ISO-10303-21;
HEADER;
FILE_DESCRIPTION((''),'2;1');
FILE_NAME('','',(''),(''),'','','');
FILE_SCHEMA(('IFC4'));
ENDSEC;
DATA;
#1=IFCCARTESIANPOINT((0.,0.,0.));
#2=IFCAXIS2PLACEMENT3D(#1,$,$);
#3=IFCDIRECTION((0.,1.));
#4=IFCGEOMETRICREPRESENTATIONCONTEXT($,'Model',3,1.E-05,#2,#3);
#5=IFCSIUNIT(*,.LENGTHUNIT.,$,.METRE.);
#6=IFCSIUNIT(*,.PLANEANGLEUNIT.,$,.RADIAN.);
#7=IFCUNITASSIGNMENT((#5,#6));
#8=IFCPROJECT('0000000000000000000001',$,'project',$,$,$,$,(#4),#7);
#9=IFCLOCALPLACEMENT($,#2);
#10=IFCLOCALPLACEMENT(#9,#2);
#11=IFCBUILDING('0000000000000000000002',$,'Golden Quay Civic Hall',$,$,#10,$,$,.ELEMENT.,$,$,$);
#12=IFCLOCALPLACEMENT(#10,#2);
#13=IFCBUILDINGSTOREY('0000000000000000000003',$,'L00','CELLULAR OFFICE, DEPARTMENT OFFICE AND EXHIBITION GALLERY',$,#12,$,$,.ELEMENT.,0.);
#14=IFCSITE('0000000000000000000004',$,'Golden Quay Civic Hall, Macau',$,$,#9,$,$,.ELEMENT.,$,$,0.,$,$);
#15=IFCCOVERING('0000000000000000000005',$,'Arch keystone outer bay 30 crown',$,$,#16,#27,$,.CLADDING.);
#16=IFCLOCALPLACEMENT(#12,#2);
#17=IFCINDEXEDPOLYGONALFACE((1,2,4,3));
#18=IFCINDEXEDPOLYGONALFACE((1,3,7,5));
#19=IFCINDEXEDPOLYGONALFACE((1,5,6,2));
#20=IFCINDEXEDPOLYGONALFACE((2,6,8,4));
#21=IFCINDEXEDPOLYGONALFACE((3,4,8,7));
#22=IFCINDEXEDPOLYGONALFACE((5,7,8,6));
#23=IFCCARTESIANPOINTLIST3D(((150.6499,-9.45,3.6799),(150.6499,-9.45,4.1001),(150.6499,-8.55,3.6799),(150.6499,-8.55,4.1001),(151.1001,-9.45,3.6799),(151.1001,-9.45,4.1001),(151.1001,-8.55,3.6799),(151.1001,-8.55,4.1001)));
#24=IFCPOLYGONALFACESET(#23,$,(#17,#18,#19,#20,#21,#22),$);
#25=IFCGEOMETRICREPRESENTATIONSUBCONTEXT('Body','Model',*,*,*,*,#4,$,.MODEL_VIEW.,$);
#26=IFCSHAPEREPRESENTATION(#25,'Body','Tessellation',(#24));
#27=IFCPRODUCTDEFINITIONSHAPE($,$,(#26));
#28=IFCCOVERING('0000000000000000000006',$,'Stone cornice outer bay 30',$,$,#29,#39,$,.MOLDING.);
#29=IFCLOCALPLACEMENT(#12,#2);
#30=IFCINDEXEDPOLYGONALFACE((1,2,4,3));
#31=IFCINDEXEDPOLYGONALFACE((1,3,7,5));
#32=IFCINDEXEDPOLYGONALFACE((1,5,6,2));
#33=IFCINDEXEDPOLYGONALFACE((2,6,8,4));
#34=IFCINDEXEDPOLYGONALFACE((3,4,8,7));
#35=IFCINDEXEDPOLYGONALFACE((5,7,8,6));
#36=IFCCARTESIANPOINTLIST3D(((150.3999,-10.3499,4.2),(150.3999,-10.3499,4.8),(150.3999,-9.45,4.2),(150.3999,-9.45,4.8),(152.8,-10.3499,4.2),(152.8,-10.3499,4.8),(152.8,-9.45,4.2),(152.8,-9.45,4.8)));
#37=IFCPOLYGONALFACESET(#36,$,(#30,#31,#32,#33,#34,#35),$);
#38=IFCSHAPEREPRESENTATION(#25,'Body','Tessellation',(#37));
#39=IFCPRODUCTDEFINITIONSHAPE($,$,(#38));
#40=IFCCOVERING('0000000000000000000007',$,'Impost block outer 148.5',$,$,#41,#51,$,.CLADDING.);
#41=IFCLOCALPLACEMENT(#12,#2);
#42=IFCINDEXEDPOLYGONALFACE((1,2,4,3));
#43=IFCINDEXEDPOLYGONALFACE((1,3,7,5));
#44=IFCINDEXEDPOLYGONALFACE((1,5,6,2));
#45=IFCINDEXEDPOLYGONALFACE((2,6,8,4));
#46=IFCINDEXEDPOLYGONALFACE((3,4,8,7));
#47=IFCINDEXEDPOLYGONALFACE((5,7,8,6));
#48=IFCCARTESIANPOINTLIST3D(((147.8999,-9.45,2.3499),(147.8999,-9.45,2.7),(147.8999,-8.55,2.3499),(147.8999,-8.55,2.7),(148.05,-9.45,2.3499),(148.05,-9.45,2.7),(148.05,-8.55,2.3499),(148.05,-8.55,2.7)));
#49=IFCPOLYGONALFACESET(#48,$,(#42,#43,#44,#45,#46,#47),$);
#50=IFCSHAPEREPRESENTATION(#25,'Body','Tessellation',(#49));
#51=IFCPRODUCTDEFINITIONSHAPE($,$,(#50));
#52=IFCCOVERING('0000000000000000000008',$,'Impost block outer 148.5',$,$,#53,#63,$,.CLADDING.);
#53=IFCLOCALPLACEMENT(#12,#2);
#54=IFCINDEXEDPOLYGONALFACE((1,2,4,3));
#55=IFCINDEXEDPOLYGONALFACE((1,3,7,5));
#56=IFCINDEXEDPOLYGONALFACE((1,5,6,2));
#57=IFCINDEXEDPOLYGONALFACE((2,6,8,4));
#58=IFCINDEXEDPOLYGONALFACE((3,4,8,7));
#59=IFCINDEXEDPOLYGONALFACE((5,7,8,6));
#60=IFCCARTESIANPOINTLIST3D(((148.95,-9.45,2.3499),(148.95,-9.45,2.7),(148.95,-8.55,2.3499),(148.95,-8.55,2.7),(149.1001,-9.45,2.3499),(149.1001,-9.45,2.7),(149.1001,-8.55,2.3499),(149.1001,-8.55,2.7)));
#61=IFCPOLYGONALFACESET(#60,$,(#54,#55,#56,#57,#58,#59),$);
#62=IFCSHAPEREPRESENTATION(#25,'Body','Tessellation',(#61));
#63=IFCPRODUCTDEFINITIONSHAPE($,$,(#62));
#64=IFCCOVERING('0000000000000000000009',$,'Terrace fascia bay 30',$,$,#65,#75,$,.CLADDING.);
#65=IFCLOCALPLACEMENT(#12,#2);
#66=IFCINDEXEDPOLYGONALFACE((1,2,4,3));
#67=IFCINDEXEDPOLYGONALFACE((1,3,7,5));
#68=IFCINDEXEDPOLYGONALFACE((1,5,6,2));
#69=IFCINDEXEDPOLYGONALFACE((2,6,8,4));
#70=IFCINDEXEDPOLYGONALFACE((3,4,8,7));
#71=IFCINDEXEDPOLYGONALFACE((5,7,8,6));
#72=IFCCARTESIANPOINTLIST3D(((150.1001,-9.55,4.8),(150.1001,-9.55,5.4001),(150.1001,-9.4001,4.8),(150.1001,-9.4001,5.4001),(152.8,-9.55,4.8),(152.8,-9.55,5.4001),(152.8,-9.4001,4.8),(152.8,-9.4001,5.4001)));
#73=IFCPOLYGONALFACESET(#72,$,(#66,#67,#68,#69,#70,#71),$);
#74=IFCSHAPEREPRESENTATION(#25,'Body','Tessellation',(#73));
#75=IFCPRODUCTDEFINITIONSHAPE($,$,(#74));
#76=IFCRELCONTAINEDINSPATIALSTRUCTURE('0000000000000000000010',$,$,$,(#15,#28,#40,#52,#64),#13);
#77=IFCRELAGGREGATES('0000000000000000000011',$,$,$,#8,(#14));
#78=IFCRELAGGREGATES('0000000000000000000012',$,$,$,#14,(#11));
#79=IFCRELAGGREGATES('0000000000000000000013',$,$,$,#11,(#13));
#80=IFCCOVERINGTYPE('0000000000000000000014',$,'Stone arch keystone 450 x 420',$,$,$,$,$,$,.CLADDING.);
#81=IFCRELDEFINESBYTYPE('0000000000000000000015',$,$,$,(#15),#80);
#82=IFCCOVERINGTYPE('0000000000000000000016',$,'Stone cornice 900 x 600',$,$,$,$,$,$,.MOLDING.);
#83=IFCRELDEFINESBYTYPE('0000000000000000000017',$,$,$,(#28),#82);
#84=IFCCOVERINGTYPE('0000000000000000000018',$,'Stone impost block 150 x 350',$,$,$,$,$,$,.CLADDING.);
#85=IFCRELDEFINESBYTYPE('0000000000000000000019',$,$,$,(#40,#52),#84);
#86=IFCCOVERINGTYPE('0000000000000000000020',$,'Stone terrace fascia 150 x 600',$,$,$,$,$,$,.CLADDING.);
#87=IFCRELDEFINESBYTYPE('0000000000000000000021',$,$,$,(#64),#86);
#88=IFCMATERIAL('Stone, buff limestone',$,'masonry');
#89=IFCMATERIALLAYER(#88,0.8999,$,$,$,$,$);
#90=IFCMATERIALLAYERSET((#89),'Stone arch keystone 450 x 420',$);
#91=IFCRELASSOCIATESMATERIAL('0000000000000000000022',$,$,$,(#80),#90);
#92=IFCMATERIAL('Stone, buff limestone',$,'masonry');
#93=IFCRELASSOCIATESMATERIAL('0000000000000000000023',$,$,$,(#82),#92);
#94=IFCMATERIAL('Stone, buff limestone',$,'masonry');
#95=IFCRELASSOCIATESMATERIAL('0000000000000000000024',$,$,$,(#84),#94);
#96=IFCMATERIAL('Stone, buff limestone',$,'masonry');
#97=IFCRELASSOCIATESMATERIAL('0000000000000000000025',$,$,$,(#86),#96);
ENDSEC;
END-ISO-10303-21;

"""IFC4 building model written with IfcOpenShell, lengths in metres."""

from ifc_helpers import new_model, si_unit, direction, frame, origin, origin_2d, place, context, subcontext, project, spatial, polyline, rectangle, outline, extrude, material, layer, layer_set, material_profile, profile_set, type_object, element, save


model = new_model("IFC4")

# Units and contexts
model_context = context("Model", 3, precision=1e-05, world=origin(), true_north=direction((0.0, 1.0)))
body_context = subcontext(model_context, "Body", "Model", "MODEL_VIEW")
ifc_project = project(units=[si_unit("LENGTHUNIT", "METRE"), si_unit("PLANEANGLEUNIT", "RADIAN")], contexts=[model_context])

# Site, building, storey
site_placement = place(None, origin())
site = spatial("IfcSite", under=ifc_project, at=site_placement, Name="Golden Quay Civic Hall, Macau", CompositionType="ELEMENT", RefElevation=0.0)
building_placement = place(site_placement, origin())
building = spatial("IfcBuilding", under=site, at=building_placement, Name="Golden Quay Civic Hall", CompositionType="ELEMENT")
storey_placement = place(building_placement, origin())
storey = spatial("IfcBuildingStorey", under=building, at=storey_placement, Name="L00", Description="CELLULAR OFFICE, DEPARTMENT OFFICE AND EXHIBITION GALLERY", CompositionType="ELEMENT", Elevation=0.0)

# Coverings
ifc_material_1 = material(Name="Stone, buff limestone", Category="masonry")
ifc_layer_1 = layer(ifc_material_1, 0.8999)
ifc_layer_set_1 = layer_set([ifc_layer_1], Name="Stone arch keystone 450 x 420")
covering_type_1 = type_object("IfcCoveringType", Name="Stone arch keystone 450 x 420", PredefinedType="CLADDING", material=ifc_layer_set_1)
for number, where, z_axis, x_axis, name in (
    (1, (150.6499, -9.45, 3.6799), (0.0, -1.0, 0.0), (1.0, 0.0, 0.0), "Arch keystone outer bay 30 crown"),
):
    element("IfcCovering", number, at=place(storey_placement, frame(where, z_axis=z_axis, x_axis=x_axis)), inside=storey, type_object=covering_type_1, Name=name, PredefinedType="CLADDING", context=body_context, shape_type="SweptSolid", body=[
        extrude(outline(polyline([(0.0, 0.0), (0.4502, 0.0), (0.4502, 0.4202), (0.0, 0.4202), (0.0, 0.0)])), origin(), (0.0, 0.0, -1.0), 0.8999),
    ])
ifc_material_2 = material(Name="Stone, buff limestone", Category="masonry")
ifc_material_profile_1 = material_profile(ifc_material_2, rectangle(XDim=0.8999, YDim=0.6001, at=origin_2d()), Name="RC 900x600")
ifc_profile_set_1 = profile_set([ifc_material_profile_1], Name="Stone, buff limestone")
covering_type_2 = type_object("IfcCoveringType", Name="Stone cornice 900 x 600", PredefinedType="MOLDING", material=ifc_profile_set_1)
covering_1_placement = place(storey_placement, frame((150.3999, -9.8999, 4.5), z_axis=(1.0, 0.0, 0.0), x_axis=(0.0, 1.0, 0.0)))
element("IfcCovering", 2, at=covering_1_placement, inside=storey, type_object=covering_type_2, Name="Stone cornice outer bay 30", PredefinedType="MOLDING", context=body_context, shape_type="SweptSolid", body=[
    extrude(rectangle(XDim=0.8999, YDim=0.6001, at=origin_2d()), origin(), (0.0, 0.0, 1.0), 2.4001),
])
ifc_material_3 = material(Name="Stone, buff limestone", Category="masonry")
ifc_material_profile_2 = material_profile(ifc_material_3, rectangle(XDim=0.8999, YDim=0.3501, at=origin_2d()), Name="RC 900x350")
ifc_profile_set_2 = profile_set([ifc_material_profile_2], Name="Stone, buff limestone")
covering_type_3 = type_object("IfcCoveringType", Name="Stone impost block 150 x 350", PredefinedType="CLADDING", material=ifc_profile_set_2)
for number, where, z_axis, x_axis, name in (
    (3, (148.05, -9.0, 2.5249), (-1.0, 0.0, 0.0), (0.0, -1.0, 0.0), "Impost block outer 148.5"),
    (4, (148.95, -9.0, 2.5249), (1.0, 0.0, 0.0), (0.0, 1.0, 0.0), "Impost block outer 148.5"),
):
    element("IfcCovering", number, at=place(storey_placement, frame(where, z_axis=z_axis, x_axis=x_axis)), inside=storey, type_object=covering_type_3, Name=name, PredefinedType="CLADDING", context=body_context, shape_type="SweptSolid", body=[
        extrude(rectangle(XDim=0.8999, YDim=0.3501, at=origin_2d()), origin(), (0.0, 0.0, 1.0), 0.1501),
    ])
ifc_material_4 = material(Name="Stone, buff limestone", Category="masonry")
ifc_material_profile_3 = material_profile(ifc_material_4, rectangle(XDim=0.1499, YDim=0.6001, at=origin_2d()), Name="RC 150x600")
ifc_profile_set_3 = profile_set([ifc_material_profile_3], Name="Stone, buff limestone")
covering_type_4 = type_object("IfcCoveringType", Name="Stone terrace fascia 150 x 600", PredefinedType="CLADDING", material=ifc_profile_set_3)
covering_2_placement = place(storey_placement, frame((150.1001, -9.4751, 5.1001), z_axis=(1.0, 0.0, 0.0), x_axis=(0.0, 1.0, 0.0)))
element("IfcCovering", 5, at=covering_2_placement, inside=storey, type_object=covering_type_4, Name="Terrace fascia bay 30", PredefinedType="CLADDING", context=body_context, shape_type="SweptSolid", body=[
    extrude(rectangle(XDim=0.1499, YDim=0.6001, at=origin_2d()), origin(), (0.0, 0.0, 1.0), 2.7),
])

save(model, "model.ifc")
